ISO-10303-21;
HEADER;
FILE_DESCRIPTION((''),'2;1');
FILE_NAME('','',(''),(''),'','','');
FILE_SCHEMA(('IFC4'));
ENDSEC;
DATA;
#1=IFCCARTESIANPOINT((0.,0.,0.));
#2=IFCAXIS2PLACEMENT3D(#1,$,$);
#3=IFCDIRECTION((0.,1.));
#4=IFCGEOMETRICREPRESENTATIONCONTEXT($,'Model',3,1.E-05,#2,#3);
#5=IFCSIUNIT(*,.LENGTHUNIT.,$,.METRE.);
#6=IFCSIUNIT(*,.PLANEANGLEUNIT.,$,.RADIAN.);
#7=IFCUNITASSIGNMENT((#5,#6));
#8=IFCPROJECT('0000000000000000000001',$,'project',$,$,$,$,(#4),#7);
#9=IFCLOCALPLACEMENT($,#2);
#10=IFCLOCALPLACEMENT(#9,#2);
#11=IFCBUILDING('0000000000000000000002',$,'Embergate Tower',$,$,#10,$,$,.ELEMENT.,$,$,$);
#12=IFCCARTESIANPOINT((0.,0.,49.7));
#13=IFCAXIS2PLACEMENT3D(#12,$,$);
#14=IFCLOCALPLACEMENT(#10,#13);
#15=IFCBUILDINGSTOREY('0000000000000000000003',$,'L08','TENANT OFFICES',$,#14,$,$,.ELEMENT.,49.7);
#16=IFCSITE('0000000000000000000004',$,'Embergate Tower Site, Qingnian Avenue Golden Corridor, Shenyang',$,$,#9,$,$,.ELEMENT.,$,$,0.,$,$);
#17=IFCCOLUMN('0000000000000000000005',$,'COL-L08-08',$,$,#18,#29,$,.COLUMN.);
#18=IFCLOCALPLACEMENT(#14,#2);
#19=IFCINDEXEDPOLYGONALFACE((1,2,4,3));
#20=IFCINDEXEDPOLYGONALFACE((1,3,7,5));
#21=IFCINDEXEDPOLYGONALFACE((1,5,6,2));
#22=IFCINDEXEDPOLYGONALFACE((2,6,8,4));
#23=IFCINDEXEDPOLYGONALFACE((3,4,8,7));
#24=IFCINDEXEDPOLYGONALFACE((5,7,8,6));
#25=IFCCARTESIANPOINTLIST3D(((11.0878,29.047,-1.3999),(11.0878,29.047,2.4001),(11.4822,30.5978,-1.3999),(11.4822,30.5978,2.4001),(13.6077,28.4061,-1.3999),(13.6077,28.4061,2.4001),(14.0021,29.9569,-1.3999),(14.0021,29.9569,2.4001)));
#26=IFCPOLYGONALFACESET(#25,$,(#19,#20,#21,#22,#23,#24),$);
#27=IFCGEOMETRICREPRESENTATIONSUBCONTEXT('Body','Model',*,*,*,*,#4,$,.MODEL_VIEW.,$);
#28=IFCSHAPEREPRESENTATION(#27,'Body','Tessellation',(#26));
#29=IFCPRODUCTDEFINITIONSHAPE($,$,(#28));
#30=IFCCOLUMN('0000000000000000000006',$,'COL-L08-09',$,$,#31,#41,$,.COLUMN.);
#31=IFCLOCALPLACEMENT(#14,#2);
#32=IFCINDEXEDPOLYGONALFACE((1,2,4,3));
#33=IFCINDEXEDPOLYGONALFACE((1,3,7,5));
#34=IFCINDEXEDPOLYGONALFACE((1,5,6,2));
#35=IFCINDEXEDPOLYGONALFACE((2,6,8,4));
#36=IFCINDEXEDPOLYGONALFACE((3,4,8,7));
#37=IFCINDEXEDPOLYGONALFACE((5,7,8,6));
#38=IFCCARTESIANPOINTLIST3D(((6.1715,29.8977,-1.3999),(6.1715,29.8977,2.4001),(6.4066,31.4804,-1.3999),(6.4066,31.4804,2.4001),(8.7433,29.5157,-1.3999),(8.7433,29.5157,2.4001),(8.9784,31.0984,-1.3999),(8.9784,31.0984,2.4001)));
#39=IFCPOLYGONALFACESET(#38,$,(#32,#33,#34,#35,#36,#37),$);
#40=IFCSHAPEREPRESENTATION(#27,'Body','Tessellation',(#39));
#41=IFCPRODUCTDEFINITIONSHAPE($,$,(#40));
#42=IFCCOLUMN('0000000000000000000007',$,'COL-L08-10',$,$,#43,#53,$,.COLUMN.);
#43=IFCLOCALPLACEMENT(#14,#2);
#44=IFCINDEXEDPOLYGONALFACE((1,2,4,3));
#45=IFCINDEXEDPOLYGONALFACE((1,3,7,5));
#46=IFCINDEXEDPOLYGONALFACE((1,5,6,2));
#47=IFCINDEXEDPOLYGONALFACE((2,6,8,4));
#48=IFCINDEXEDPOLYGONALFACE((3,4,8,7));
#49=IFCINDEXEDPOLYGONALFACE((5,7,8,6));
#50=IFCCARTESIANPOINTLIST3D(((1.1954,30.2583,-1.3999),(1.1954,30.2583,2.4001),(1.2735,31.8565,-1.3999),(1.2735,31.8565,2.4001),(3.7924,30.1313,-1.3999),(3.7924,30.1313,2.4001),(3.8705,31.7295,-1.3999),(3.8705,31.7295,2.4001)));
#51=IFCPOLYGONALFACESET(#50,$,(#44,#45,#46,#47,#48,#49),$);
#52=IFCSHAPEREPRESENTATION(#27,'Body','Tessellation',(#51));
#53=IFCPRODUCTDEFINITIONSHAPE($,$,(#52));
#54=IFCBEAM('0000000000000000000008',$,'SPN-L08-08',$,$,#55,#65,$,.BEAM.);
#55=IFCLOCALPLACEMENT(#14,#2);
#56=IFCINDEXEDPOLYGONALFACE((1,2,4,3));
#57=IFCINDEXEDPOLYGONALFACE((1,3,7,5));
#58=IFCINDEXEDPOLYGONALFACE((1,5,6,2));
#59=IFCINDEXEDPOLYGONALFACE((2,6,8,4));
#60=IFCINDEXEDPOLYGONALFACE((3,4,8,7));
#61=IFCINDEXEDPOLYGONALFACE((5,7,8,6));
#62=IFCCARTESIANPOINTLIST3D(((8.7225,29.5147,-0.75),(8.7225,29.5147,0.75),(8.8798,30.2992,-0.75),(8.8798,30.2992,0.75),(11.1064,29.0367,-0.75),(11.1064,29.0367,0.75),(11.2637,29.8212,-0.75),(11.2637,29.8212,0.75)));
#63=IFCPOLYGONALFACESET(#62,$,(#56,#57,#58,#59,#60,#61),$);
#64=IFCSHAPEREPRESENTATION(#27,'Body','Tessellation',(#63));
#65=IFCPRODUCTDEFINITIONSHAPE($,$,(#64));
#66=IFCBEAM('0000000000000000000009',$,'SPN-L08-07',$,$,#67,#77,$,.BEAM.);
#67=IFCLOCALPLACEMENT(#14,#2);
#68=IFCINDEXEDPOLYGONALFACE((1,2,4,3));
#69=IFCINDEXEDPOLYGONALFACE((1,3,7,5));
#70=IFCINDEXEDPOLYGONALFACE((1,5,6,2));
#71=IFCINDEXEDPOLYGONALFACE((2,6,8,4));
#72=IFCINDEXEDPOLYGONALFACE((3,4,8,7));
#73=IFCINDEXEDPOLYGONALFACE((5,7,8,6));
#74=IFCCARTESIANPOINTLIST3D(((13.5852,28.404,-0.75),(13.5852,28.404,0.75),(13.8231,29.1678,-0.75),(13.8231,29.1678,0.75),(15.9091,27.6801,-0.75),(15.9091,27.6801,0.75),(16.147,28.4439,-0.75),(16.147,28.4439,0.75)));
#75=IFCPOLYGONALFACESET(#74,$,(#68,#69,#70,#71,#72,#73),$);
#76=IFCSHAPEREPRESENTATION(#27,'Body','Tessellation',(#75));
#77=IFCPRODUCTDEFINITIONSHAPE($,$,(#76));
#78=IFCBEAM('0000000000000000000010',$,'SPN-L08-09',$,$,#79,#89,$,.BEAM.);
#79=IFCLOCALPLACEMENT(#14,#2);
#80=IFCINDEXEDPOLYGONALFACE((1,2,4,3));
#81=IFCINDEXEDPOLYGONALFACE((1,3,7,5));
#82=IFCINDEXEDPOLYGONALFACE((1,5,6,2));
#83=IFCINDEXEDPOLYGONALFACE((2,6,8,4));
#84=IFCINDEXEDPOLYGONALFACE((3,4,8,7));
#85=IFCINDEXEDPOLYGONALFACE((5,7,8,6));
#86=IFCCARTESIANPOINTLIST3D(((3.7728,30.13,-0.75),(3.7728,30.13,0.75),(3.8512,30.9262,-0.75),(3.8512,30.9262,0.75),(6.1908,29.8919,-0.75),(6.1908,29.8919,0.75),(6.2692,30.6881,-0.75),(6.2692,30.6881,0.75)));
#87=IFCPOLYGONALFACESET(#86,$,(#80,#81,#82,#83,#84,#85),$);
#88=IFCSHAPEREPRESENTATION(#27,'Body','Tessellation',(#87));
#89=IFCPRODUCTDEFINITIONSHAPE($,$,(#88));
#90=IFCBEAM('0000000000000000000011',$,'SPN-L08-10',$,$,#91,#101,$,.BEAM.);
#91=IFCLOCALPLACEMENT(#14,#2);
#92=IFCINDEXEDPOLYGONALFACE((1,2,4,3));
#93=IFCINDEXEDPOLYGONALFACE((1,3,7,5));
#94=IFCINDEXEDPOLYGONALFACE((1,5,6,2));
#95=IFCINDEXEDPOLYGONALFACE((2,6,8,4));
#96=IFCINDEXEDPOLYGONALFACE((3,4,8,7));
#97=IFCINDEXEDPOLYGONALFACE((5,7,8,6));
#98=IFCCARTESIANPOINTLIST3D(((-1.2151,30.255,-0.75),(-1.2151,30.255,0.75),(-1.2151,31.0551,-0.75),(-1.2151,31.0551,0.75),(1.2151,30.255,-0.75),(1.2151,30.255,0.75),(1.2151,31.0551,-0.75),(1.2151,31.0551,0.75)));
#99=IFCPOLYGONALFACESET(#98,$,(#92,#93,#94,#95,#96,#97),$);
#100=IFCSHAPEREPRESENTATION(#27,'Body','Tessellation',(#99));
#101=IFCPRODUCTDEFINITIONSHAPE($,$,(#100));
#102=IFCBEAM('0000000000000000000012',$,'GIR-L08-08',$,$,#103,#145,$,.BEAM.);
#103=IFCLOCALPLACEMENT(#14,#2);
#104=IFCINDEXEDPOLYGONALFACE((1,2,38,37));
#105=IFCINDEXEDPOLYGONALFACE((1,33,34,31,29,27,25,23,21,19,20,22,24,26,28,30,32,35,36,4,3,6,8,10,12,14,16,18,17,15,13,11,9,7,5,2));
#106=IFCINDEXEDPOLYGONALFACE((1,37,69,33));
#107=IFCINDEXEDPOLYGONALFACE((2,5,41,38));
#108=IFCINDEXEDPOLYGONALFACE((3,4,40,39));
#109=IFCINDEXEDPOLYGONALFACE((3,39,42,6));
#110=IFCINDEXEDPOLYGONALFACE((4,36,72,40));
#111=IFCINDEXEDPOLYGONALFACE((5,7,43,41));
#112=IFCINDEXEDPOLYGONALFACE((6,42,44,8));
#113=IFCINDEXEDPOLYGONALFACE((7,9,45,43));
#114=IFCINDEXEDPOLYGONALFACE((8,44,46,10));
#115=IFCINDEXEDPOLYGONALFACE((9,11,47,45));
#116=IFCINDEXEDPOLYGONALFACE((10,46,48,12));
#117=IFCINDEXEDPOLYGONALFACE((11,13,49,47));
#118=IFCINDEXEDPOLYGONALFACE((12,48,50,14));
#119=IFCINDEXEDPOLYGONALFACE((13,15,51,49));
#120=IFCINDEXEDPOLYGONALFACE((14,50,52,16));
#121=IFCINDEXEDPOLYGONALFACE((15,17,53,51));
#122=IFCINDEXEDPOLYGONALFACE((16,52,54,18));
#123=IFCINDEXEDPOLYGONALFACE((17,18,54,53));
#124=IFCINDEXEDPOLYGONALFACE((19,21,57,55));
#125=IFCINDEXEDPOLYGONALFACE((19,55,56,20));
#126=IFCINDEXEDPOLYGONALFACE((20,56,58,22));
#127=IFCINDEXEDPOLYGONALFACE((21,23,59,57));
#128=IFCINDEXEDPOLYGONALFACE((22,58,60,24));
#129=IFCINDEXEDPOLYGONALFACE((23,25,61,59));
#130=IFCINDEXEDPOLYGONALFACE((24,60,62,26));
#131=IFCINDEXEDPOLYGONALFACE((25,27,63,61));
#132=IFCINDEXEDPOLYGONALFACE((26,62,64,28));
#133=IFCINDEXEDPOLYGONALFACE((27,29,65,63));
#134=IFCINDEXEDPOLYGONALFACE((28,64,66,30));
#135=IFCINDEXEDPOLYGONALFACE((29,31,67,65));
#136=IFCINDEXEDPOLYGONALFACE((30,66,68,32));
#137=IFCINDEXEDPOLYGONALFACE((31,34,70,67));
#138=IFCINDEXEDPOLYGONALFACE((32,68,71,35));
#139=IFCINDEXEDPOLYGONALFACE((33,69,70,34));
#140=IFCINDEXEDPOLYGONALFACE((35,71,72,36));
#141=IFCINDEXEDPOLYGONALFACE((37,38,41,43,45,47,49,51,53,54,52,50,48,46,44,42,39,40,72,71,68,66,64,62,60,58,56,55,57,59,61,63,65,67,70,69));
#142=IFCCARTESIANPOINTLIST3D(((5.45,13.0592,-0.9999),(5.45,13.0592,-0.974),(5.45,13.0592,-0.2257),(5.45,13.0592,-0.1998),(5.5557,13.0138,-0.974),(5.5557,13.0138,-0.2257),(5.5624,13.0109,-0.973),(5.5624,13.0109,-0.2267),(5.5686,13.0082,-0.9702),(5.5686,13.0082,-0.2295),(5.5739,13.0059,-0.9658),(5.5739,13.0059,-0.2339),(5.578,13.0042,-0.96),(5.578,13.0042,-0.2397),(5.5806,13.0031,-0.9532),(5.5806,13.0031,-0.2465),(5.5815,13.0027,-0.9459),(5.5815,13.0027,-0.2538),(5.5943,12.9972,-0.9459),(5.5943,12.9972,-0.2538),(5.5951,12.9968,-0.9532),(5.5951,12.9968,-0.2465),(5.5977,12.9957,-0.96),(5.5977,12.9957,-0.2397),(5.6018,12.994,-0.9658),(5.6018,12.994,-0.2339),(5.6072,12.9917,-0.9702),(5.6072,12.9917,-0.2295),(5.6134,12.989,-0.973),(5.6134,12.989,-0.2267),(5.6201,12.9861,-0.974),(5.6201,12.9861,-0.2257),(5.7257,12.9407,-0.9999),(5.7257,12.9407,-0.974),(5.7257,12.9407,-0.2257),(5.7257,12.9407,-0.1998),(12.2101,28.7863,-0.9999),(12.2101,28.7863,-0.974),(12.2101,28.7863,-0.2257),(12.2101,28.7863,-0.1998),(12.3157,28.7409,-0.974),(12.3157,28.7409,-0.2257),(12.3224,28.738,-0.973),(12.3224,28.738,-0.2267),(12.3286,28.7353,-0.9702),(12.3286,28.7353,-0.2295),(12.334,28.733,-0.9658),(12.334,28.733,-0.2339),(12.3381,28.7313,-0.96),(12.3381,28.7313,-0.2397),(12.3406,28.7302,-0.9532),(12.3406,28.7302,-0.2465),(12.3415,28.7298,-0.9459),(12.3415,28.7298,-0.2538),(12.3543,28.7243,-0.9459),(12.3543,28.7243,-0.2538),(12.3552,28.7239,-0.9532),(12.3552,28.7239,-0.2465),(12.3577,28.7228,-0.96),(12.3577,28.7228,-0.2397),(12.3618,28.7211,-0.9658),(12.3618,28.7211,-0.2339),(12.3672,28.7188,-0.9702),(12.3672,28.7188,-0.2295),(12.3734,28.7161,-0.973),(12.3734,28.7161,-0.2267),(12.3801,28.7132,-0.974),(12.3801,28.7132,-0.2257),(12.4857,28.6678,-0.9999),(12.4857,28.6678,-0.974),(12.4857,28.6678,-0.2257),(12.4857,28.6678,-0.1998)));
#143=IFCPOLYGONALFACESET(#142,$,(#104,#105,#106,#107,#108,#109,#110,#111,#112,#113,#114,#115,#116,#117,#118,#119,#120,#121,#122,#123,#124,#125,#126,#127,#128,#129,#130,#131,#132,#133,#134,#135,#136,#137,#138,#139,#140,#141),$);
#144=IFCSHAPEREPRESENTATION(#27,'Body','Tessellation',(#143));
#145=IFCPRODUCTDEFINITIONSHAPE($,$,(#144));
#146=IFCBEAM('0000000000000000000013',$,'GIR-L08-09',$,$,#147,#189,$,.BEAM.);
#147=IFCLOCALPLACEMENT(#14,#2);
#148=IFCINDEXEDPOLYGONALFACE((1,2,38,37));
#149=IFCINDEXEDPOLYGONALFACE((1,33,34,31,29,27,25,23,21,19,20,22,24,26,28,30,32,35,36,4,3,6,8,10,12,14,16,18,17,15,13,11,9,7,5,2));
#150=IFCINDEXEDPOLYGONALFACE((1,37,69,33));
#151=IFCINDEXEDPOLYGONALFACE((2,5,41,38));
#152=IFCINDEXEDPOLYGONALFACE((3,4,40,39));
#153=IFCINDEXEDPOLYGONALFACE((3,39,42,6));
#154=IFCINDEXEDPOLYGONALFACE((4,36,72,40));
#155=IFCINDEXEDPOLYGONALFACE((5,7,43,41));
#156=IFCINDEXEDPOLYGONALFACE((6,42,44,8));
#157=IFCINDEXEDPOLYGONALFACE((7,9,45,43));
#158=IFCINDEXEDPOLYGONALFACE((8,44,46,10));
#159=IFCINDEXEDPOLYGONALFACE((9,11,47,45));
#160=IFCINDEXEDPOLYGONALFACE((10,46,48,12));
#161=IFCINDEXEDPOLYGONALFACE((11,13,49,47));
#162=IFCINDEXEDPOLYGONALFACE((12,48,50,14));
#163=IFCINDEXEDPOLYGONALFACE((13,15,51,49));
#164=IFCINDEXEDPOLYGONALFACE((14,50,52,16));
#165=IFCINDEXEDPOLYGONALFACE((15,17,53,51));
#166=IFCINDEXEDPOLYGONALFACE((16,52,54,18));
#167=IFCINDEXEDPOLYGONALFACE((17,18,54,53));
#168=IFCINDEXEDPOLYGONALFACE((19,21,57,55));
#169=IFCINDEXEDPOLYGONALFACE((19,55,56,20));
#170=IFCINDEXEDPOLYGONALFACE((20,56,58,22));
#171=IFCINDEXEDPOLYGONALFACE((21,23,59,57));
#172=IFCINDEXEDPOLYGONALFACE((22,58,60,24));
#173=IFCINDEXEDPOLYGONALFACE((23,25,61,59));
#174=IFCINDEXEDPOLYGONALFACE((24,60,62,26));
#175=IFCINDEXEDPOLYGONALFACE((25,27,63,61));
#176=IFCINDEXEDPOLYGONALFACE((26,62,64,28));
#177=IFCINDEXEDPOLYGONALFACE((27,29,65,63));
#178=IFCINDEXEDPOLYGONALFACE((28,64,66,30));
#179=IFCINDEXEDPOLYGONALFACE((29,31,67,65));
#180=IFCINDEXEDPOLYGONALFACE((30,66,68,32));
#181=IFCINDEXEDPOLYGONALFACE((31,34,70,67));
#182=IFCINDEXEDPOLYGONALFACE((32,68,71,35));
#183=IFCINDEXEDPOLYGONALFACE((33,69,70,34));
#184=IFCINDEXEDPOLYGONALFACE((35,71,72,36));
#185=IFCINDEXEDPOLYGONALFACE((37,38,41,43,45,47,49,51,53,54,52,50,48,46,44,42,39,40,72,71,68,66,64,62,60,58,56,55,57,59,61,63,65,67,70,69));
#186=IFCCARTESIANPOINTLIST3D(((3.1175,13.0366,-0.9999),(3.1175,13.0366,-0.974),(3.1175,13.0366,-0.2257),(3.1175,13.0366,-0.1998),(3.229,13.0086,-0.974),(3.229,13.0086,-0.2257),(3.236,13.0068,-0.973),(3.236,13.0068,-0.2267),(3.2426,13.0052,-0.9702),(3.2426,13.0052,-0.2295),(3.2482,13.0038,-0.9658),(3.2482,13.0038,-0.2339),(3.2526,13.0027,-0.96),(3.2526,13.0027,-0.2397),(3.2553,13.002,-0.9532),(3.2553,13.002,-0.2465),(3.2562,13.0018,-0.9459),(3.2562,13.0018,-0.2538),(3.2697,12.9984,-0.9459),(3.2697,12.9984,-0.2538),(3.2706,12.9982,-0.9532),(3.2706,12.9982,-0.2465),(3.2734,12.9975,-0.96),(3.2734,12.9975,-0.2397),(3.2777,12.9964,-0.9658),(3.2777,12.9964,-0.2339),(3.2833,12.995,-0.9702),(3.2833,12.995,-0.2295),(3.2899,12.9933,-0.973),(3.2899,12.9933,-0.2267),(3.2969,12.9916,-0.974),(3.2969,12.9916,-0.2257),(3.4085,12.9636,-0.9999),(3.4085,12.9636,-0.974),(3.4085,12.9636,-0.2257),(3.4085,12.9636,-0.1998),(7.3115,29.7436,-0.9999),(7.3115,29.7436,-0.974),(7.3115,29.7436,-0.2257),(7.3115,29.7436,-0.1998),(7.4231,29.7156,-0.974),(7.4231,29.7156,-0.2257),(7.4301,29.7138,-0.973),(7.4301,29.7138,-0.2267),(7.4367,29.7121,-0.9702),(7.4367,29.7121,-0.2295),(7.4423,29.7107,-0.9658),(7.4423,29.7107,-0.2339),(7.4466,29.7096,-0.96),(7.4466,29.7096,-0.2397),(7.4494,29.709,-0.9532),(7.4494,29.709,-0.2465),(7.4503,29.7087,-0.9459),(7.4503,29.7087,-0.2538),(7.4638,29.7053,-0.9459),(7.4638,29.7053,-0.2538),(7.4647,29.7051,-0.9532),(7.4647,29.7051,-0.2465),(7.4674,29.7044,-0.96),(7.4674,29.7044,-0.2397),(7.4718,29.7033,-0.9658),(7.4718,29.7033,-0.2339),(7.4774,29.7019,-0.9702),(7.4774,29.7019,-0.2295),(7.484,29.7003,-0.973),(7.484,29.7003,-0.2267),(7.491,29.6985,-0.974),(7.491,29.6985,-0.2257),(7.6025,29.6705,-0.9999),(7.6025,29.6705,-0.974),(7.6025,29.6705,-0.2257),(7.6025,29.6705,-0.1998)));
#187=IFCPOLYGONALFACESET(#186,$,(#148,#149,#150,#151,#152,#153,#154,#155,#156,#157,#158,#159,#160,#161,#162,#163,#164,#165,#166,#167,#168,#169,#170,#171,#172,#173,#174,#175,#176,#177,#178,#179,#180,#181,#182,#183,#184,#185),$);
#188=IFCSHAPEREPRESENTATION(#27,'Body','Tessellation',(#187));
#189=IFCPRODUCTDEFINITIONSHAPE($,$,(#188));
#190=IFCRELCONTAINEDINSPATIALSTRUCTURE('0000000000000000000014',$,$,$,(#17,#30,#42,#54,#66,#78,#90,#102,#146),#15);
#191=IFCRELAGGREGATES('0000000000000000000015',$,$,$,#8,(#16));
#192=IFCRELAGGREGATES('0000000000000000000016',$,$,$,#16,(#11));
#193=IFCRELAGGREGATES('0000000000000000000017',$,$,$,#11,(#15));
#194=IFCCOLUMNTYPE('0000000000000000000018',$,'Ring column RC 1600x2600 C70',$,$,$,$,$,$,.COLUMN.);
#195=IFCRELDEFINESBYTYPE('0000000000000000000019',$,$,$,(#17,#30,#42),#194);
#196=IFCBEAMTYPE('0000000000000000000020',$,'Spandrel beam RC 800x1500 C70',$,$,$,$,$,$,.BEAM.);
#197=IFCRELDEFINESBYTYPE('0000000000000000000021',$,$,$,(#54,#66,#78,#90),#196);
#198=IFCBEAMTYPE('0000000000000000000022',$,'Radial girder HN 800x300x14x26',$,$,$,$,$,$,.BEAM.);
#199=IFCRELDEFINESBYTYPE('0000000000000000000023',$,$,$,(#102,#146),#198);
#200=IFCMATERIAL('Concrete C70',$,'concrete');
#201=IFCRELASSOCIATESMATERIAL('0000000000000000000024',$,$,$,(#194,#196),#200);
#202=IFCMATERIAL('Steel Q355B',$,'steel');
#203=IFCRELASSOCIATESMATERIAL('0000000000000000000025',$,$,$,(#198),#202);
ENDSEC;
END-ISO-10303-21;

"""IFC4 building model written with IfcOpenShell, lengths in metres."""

from ifc_helpers import new_model, si_unit, direction, frame, origin, origin_2d, place, context, subcontext, project, spatial, rectangle, i_section, extrude, source, transform, mapped, material, material_profile, profile_set, type_object, element, save


model = new_model("IFC4")

# Units and contexts
model_context = context("Model", 3, precision=1e-05, world=origin(), true_north=direction((0.0, 1.0)))
body_context = subcontext(model_context, "Body", "Model", "MODEL_VIEW")
ifc_project = project(units=[si_unit("LENGTHUNIT", "METRE"), si_unit("PLANEANGLEUNIT", "RADIAN")], contexts=[model_context])

# Site, building, storey
site_placement = place(None, origin())
site = spatial("IfcSite", under=ifc_project, at=site_placement, Name="Embergate Tower Site, Qingnian Avenue Golden Corridor, Shenyang", CompositionType="ELEMENT", RefElevation=0.0)
building_placement = place(site_placement, origin())
building = spatial("IfcBuilding", under=site, at=building_placement, Name="Embergate Tower", CompositionType="ELEMENT")
storey_placement = place(building_placement, frame((0.0, 0.0, 49.7)))
storey = spatial("IfcBuildingStorey", under=building, at=storey_placement, Name="L08", Description="TENANT OFFICES", CompositionType="ELEMENT", Elevation=49.7)

# Columns
ifc_material_1 = material(Name="Concrete C70", Category="concrete")
ifc_material_profile_1 = material_profile(ifc_material_1, rectangle(XDim=1.6001, YDim=2.6001, at=origin_2d()), Name="RC 1600x2600")
ifc_profile_set_1 = profile_set([ifc_material_profile_1], Name="Concrete C70")
column_type = type_object("IfcColumnType", Name="Ring column RC 1600x2600 C70", PredefinedType="COLUMN", material=ifc_profile_set_1)
shared_shape_1 = source(origin(), body_context, "Body", "SweptSolid", [
    extrude(rectangle(XDim=1.6001, YDim=2.6001, at=origin_2d()), origin(), (0.0, 0.0, 1.0), 3.8),
])
for number, where, z_axis, x_axis, name in (
    (1, (12.5449, 29.502, -1.3999), (0.0, 0.0, 1.0), (0.246492, 0.969145, 0.0), "COL-L08-08"),
    (2, (7.575, 30.498, -1.3999), (0.0, 0.0, 1.0), (0.146929, 0.989147, 0.0), "COL-L08-09"),
    (3, (2.533, 30.9939, -1.3999), (0.0, 0.0, 1.0), (0.048815, 0.998808, 0.0), "COL-L08-10"),
):
    element("IfcColumn", number, at=place(storey_placement, frame(where, z_axis=z_axis, x_axis=x_axis)), inside=storey, type_object=column_type, Name=name, PredefinedType="COLUMN", context=body_context, shape_type="MappedRepresentation", body=[
        mapped(shared_shape_1, transform((0.0, 0.0, 0.0))),
    ])

# Beams
ifc_material_profile_2 = material_profile(ifc_material_1, rectangle(XDim=0.8, YDim=1.5, at=origin_2d()), Name="RC 800x1500")
ifc_profile_set_2 = profile_set([ifc_material_profile_2], Name="Concrete C70")
beam_type_1 = type_object("IfcBeamType", Name="Spandrel beam RC 800x1500 C70", PredefinedType="BEAM", material=ifc_profile_set_2)
shared_shape_2 = source(origin(), body_context, "Body", "SweptSolid", [
    extrude(rectangle(XDim=0.8, YDim=1.5, at=origin_2d()), origin(), (0.0, 0.0, 1.0), 2.4314),
])
beam_1_placement = place(storey_placement, frame((11.1851, 29.429, 0.0), z_axis=(-0.980484, 0.196599, 0.0), x_axis=(-0.196599, -0.980484, 0.0)))
element("IfcBeam", 4, at=beam_1_placement, inside=storey, type_object=beam_type_1, Name="SPN-L08-08", PredefinedType="BEAM", context=body_context, shape_type="MappedRepresentation", body=[
    mapped(shared_shape_2, transform((0.0, 0.0, 0.0))),
])
shared_shape_3 = source(origin(), body_context, "Body", "SweptSolid", [
    extrude(rectangle(XDim=0.8, YDim=1.5, at=origin_2d()), origin(), (0.0, 0.0, 1.0), 2.4341),
])
beam_2_placement = place(storey_placement, frame((16.0281, 28.062, 0.0), z_axis=(-0.954756, 0.29739, 0.0), x_axis=(-0.29739, -0.954756, 0.0)))
element("IfcBeam", 5, at=beam_2_placement, inside=storey, type_object=beam_type_1, Name="SPN-L08-07", PredefinedType="BEAM", context=body_context, shape_type="MappedRepresentation", body=[
    mapped(shared_shape_3, transform((0.0, 0.0, 0.0))),
])
shared_shape_4 = source(origin(), body_context, "Body", "SweptSolid", [
    extrude(rectangle(XDim=0.8, YDim=1.5, at=origin_2d()), origin(), (0.0, 0.0, 1.0), 2.4297),
])
beam_3_placement = place(storey_placement, frame((6.23, 30.29, 0.0), z_axis=(-0.995189, 0.097971, 0.0), x_axis=(-0.097971, -0.995189, 0.0)))
element("IfcBeam", 6, at=beam_3_placement, inside=storey, type_object=beam_type_1, Name="SPN-L08-09", PredefinedType="BEAM", context=body_context, shape_type="MappedRepresentation", body=[
    mapped(shared_shape_4, transform((0.0, 0.0, 0.0))),
])
shared_shape_5 = source(origin(), body_context, "Body", "SweptSolid", [
    extrude(rectangle(XDim=0.8, YDim=1.5, at=origin_2d()), origin(), (0.0, 0.0, 1.0), 2.4302),
])
beam_4_placement = place(storey_placement, frame((1.2151, 30.655, 0.0), z_axis=(-1.0, 0.0, 0.0), x_axis=(0.0, -1.0, 0.0)))
element("IfcBeam", 7, at=beam_4_placement, inside=storey, type_object=beam_type_1, Name="SPN-L08-10", PredefinedType="BEAM", context=body_context, shape_type="MappedRepresentation", body=[
    mapped(shared_shape_5, transform((0.0, 0.0, 0.0))),
])
ifc_material_2 = material(Name="Steel Q355B", Category="steel")
ifc_material_profile_3 = material_profile(ifc_material_2, i_section(OverallWidth=0.3, OverallDepth=0.8, WebThickness=0.0139, FlangeThickness=0.0259, FilletRadius=0.0281, at=origin_2d()), Name="HN 800x300x14x26")
ifc_profile_set_3 = profile_set([ifc_material_profile_3], Name="Steel Q355 grade B")
beam_type_2 = type_object("IfcBeamType", Name="Radial girder HN 800x300x14x26", PredefinedType="BEAM", material=ifc_profile_set_3)
shared_shape_6 = source(origin(), body_context, "Body", "SweptSolid", [
    extrude(i_section(OverallWidth=0.3, OverallDepth=0.8, WebThickness=0.0139, FlangeThickness=0.0259, FilletRadius=0.0281, at=origin_2d()), origin(), (0.0, 0.0, 1.0), 17.1184),
])
beam_5_placement = place(storey_placement, frame((12.3479, 28.7271, -0.5999), z_axis=(-0.394898, -0.918725, 0.0), x_axis=(0.918725, -0.394898, 0.0)))
element("IfcBeam", 8, at=beam_5_placement, inside=storey, type_object=beam_type_2, Name="GIR-L08-08", PredefinedType="BEAM", context=body_context, shape_type="MappedRepresentation", body=[
    mapped(shared_shape_6, transform((0.0, 0.0, 0.0))),
])
shared_shape_7 = source(origin(), body_context, "Body", "SweptSolid", [
    extrude(i_section(OverallWidth=0.3, OverallDepth=0.8, WebThickness=0.0139, FlangeThickness=0.0259, FilletRadius=0.0281, at=origin_2d()), origin(), (0.0, 0.0, 1.0), 17.2253),
])
beam_6_placement = place(storey_placement, frame((7.457, 29.707, -0.5999), z_axis=(-0.243483, -0.969905, 0.0), x_axis=(0.969905, -0.243483, 0.0)))
element("IfcBeam", 9, at=beam_6_placement, inside=storey, type_object=beam_type_2, Name="GIR-L08-09", PredefinedType="BEAM", context=body_context, shape_type="MappedRepresentation", body=[
    mapped(shared_shape_7, transform((0.0, 0.0, 0.0))),
])

save(model, "model.ifc")
